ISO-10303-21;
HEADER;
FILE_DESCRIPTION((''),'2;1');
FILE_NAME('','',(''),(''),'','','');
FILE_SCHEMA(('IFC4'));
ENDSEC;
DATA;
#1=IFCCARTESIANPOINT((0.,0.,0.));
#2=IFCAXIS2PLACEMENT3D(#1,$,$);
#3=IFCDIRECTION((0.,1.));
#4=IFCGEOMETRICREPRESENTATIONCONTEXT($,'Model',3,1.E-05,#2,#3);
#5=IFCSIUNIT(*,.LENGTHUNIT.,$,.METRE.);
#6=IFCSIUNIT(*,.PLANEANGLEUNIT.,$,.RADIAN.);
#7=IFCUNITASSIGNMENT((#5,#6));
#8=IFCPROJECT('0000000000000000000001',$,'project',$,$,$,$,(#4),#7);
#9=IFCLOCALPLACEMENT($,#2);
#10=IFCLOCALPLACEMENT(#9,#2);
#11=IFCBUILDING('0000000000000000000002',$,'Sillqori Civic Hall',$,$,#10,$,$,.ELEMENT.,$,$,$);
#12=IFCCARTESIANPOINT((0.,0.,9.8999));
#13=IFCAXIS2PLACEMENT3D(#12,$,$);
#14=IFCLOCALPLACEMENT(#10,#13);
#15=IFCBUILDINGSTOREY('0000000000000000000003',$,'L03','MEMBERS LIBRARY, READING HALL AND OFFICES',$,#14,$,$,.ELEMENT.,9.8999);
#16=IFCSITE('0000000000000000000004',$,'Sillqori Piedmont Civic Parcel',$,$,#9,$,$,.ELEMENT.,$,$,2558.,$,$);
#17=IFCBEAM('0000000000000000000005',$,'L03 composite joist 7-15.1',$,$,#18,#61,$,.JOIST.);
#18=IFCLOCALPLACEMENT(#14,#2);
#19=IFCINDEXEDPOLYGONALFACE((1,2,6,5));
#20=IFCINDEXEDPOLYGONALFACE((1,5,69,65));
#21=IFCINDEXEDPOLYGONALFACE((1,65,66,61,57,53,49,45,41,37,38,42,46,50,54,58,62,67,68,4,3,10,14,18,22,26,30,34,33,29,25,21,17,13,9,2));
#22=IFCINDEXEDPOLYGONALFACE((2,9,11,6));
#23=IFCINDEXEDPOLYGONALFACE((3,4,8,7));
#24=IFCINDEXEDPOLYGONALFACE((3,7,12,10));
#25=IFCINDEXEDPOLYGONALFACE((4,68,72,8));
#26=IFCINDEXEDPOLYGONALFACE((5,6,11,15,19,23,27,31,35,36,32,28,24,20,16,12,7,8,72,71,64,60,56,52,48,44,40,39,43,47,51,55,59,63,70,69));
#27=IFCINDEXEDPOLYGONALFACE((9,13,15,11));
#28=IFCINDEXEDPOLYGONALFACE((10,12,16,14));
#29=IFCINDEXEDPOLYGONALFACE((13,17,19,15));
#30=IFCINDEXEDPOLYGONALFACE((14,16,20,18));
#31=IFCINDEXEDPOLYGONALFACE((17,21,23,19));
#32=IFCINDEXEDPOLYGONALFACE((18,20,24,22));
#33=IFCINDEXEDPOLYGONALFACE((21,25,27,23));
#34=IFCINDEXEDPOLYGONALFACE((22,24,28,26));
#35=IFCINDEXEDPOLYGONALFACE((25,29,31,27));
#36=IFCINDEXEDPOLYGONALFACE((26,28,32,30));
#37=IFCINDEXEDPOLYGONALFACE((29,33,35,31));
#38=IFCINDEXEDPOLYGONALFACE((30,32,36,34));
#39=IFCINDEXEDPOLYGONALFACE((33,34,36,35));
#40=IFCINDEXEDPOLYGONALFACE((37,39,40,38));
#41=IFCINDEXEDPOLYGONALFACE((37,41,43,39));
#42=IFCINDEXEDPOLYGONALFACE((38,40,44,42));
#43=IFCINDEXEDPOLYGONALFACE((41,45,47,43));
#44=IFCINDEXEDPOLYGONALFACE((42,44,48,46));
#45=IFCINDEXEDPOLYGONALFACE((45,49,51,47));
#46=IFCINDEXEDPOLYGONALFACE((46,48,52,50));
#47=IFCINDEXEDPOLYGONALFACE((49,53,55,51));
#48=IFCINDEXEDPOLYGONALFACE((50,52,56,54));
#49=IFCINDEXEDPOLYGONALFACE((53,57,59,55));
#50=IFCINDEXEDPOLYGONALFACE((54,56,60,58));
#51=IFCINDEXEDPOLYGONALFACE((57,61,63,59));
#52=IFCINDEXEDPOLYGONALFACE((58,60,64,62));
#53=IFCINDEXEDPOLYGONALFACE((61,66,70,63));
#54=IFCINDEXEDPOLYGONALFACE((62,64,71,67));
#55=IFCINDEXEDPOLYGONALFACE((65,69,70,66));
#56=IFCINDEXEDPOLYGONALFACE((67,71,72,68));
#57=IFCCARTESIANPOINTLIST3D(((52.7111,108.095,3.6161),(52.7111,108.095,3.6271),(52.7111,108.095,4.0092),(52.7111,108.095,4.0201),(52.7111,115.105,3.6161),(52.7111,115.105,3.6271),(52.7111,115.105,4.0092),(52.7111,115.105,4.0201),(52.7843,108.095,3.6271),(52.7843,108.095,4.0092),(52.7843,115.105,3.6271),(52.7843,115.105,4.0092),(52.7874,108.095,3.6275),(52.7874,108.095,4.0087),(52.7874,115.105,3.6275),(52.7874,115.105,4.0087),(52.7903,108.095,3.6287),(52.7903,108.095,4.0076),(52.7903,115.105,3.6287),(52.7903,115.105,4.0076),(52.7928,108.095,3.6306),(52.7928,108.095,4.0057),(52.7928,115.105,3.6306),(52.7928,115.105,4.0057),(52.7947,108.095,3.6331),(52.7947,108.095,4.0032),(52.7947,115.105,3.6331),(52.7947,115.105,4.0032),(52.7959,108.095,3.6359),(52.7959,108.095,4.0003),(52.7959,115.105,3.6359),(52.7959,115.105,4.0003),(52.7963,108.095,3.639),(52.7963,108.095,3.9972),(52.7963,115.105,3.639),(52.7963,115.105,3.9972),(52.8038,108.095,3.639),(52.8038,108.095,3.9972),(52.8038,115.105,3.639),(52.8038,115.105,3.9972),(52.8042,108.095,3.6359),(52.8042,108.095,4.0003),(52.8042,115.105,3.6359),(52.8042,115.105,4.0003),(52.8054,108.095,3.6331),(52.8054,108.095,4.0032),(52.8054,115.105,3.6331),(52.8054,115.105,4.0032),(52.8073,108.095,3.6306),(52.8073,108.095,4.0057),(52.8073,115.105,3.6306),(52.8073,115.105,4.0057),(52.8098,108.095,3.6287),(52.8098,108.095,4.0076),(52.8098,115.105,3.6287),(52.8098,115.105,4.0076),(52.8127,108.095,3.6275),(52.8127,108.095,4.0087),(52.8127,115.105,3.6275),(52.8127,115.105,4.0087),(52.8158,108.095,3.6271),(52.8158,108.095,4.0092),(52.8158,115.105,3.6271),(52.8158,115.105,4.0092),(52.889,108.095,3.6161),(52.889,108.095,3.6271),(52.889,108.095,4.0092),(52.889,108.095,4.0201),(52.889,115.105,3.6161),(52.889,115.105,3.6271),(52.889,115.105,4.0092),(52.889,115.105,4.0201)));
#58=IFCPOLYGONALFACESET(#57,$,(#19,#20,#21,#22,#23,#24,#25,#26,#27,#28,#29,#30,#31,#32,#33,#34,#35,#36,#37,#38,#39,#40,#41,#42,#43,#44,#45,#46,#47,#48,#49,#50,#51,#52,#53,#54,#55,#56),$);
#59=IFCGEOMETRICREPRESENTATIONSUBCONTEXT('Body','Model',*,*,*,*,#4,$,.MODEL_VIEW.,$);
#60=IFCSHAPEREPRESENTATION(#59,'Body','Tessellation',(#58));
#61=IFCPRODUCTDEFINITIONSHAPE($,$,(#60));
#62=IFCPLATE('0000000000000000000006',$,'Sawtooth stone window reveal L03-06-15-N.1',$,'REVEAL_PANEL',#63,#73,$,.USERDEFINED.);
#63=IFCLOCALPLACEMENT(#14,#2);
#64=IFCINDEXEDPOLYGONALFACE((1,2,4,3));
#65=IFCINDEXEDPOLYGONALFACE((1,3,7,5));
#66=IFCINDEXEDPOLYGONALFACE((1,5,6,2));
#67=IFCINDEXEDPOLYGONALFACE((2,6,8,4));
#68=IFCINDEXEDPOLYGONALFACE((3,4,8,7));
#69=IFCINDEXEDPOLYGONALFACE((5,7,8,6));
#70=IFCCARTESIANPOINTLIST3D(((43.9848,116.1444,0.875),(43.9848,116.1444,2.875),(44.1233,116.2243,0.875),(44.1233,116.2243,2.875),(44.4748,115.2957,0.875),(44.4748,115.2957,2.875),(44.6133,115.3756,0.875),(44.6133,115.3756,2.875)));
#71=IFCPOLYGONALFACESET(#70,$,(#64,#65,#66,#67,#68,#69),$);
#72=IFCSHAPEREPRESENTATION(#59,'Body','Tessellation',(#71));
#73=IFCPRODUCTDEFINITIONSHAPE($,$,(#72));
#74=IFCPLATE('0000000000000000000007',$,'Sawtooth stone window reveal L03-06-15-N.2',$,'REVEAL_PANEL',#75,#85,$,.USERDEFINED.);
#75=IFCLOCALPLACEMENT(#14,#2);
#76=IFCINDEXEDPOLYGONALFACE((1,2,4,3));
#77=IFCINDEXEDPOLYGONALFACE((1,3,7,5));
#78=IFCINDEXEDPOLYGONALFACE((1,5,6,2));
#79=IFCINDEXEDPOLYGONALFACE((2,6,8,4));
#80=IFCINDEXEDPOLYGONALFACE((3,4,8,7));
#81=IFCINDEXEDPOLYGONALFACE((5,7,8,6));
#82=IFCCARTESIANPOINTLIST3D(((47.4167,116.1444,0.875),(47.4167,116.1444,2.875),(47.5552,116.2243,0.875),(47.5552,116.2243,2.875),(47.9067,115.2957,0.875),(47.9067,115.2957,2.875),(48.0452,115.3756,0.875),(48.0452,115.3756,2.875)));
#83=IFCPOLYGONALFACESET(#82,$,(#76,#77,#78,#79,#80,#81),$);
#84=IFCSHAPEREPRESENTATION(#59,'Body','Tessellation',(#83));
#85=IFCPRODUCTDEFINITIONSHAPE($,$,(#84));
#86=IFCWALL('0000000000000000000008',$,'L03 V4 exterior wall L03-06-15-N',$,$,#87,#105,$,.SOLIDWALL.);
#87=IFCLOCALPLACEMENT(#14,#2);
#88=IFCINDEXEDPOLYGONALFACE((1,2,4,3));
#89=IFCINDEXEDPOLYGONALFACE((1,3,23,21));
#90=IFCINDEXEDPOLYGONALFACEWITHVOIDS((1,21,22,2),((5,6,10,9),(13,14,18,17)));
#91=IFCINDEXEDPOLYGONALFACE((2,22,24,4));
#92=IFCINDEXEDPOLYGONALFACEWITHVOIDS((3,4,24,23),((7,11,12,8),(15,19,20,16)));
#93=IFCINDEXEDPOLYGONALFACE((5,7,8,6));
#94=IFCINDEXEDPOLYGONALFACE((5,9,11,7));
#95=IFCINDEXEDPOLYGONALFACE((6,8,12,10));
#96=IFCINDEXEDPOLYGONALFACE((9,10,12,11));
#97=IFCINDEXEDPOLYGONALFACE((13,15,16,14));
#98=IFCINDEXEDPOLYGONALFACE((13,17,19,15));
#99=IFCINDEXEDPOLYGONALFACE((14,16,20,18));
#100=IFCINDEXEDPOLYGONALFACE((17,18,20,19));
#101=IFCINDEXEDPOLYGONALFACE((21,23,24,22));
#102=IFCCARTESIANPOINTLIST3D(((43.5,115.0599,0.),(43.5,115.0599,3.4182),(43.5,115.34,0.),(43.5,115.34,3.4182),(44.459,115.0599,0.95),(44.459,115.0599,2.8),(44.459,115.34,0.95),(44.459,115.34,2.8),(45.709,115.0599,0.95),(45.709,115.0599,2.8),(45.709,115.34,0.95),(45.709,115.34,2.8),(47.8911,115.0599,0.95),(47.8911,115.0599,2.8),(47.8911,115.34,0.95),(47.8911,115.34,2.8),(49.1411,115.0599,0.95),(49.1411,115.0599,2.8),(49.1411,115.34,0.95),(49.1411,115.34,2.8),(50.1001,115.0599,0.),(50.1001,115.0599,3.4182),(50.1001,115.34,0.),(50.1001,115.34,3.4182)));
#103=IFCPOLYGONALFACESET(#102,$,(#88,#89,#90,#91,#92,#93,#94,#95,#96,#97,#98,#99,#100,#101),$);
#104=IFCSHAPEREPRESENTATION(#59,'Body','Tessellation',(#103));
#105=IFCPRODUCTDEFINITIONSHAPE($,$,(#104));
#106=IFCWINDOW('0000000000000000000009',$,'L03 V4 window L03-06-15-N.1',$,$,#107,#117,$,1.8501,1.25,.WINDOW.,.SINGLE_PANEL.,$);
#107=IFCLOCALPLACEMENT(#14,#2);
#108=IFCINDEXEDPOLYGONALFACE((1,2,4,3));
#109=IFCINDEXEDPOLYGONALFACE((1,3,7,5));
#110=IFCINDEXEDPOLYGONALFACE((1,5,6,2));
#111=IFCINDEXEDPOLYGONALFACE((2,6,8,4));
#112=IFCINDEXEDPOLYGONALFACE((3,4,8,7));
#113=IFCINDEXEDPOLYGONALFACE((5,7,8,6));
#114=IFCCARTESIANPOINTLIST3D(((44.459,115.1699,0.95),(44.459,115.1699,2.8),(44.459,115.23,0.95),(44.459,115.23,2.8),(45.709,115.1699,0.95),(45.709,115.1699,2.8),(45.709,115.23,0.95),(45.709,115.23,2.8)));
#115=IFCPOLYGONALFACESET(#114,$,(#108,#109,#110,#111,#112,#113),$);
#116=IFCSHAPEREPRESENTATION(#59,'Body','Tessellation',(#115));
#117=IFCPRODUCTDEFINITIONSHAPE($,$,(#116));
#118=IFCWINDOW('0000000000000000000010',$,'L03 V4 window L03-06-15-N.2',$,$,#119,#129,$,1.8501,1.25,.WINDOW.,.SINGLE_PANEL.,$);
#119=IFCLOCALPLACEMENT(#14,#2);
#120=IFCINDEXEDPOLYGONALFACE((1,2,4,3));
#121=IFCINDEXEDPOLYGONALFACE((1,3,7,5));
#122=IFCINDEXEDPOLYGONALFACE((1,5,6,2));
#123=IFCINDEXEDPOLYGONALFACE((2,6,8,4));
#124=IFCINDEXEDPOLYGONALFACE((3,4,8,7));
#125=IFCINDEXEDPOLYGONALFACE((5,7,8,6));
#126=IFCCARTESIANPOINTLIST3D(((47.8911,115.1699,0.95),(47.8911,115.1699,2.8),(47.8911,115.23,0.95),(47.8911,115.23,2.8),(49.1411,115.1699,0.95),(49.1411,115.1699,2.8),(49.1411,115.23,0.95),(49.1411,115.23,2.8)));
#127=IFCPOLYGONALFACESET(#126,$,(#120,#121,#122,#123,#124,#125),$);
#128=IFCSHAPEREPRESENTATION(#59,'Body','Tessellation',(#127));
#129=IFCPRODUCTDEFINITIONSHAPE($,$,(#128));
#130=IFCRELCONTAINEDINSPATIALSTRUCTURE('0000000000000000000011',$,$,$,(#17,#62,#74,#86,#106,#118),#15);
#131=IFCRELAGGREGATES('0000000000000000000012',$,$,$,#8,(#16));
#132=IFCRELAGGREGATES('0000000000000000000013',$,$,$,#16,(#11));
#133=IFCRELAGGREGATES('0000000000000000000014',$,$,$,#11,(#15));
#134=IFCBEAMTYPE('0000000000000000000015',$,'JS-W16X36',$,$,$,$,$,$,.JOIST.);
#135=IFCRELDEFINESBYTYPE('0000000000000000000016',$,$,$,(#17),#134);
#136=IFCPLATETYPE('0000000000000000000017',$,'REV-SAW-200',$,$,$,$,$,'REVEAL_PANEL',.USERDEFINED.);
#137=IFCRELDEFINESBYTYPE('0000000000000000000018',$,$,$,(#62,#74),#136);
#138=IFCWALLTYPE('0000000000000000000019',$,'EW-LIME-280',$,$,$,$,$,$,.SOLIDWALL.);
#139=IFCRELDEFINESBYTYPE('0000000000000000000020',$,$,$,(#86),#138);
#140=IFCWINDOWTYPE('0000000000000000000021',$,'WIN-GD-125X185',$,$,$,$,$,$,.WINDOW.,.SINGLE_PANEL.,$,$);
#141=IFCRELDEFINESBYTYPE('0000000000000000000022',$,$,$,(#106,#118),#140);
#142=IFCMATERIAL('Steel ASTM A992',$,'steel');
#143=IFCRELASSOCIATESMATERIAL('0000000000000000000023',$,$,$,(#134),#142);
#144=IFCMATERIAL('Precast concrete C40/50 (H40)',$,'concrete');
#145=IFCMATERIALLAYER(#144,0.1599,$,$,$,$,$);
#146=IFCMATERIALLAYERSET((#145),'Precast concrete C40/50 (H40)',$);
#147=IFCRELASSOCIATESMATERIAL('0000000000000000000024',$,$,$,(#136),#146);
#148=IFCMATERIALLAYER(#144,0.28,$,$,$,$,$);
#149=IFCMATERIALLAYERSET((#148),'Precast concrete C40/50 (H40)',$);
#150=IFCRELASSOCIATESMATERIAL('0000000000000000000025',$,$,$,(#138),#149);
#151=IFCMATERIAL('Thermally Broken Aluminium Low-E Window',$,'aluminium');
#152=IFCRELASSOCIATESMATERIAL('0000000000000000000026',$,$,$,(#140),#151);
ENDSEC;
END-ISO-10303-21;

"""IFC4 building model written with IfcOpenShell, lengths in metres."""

from ifc_helpers import new_model, si_unit, direction, frame, frame_2d, origin, origin_2d, place, context, subcontext, project, spatial, rectangle, i_section, extrude, material, layer, layer_set, material_profile, profile_set, type_object, element, fill, save


model = new_model("IFC4")

# Units and contexts
model_context = context("Model", 3, precision=1e-05, world=origin(), true_north=direction((0.0, 1.0)))
body_context = subcontext(model_context, "Body", "Model", "MODEL_VIEW")
ifc_project = project(units=[si_unit("LENGTHUNIT", "METRE"), si_unit("PLANEANGLEUNIT", "RADIAN")], contexts=[model_context])

# Site, building, storey
site_placement = place(None, origin())
site = spatial("IfcSite", under=ifc_project, at=site_placement, Name="Sillqori Piedmont Civic Parcel", CompositionType="ELEMENT", RefElevation=2558.0)
building_placement = place(site_placement, origin())
building = spatial("IfcBuilding", under=site, at=building_placement, Name="Sillqori Civic Hall", CompositionType="ELEMENT")
storey_placement = place(building_placement, frame((0.0, 0.0, 9.8999)))
storey = spatial("IfcBuildingStorey", under=building, at=storey_placement, Name="L03", Description="MEMBERS LIBRARY, READING HALL AND OFFICES", CompositionType="ELEMENT", Elevation=9.8999)

# Beam
ifc_material_1 = material(Name="Steel ASTM A992", Category="steel")
ifc_material_profile_1 = material_profile(ifc_material_1, i_section(OverallWidth=0.178, OverallDepth=0.4041, WebThickness=0.0076, FlangeThickness=0.011, FilletRadius=0.012, at=origin_2d()), Name="W16X36")
ifc_profile_set_1 = profile_set([ifc_material_profile_1], Name="Steel ASTM A992")
beam_type_1 = type_object("IfcBeamType", Name="JS-W16X36", PredefinedType="JOIST", material=ifc_profile_set_1)
for number, where, z_axis, x_axis, name in (
    (1, (52.8, 108.095, 3.8181), (0.0, 1.0, 0.0), (-1.0, 0.0, 0.0), "L03 composite joist 7-15.1"),
):
    element("IfcBeam", number, at=place(storey_placement, frame(where, z_axis=z_axis, x_axis=x_axis)), inside=storey, type_object=beam_type_1, Name=name, PredefinedType="JOIST", context=body_context, shape_type="SweptSolid", body=[
        extrude(i_section(OverallWidth=0.178, OverallDepth=0.4041, WebThickness=0.0076, FlangeThickness=0.011, FilletRadius=0.012, at=origin_2d()), origin(), (0.0, 0.0, 1.0), 7.01),
    ])

# Plates
ifc_material_2 = material(Name="Precast concrete C40/50 (H40)", Category="concrete")
ifc_layer_1 = layer(ifc_material_2, 0.1599)
ifc_layer_set_1 = layer_set([ifc_layer_1], Name="Precast concrete C40/50 (H40)")
plate_type = type_object("IfcPlateType", Name="REV-SAW-200", ElementType="REVEAL_PANEL", PredefinedType="USERDEFINED", material=ifc_layer_set_1)
for number, where, z_axis, x_axis, name in (
    (2, (44.2991, 115.76, 0.875), (0.0, 0.0, 1.0), (0.866025, 0.5, 0.0), "Sawtooth stone window reveal L03-06-15-N.1"),
    (3, (47.731, 115.76, 0.875), (0.0, 0.0, 1.0), (0.866025, 0.5, 0.0), "Sawtooth stone window reveal L03-06-15-N.2"),
):
    element("IfcPlate", number, at=place(storey_placement, frame(where, z_axis=z_axis, x_axis=x_axis)), inside=storey, type_object=plate_type, Name=name, ObjectType="REVEAL_PANEL", PredefinedType="USERDEFINED", context=body_context, shape_type="SweptSolid", body=[
        extrude(rectangle(XDim=0.1599, YDim=0.98, at=origin_2d()), origin(), (0.0, 0.0, 1.0), 2.0),
    ])

# Wall, openings, windows
ifc_layer_2 = layer(ifc_material_2, 0.28)
ifc_layer_set_2 = layer_set([ifc_layer_2], Name="Precast concrete C40/50 (H40)")
wall_type_1 = type_object("IfcWallType", Name="EW-LIME-280", PredefinedType="SOLIDWALL", material=ifc_layer_set_2)
wall_1_placement = place(storey_placement, frame((43.5, 115.2, 0.0), z_axis=(0.0, 0.0, 1.0), x_axis=(1.0, 0.0, 0.0)))
wall_1 = element("IfcWall", 4, at=wall_1_placement, inside=storey, type_object=wall_type_1, Name="L03 V4 exterior wall L03-06-15-N", PredefinedType="SOLIDWALL", context=body_context, shape_type="SweptSolid", body=[
    extrude(rectangle(XDim=6.6001, YDim=0.28, at=frame_2d((3.3, 0.0))), origin(), (0.0, 0.0, 1.0), 3.4182),
])
opening_1_placement = place(wall_1_placement, frame((0.959, 0.0, 0.95)))
opening_1 = element("IfcOpeningElement", 5, at=opening_1_placement, cuts=wall_1, PredefinedType="OPENING", context=body_context, shape_type="SweptSolid", body=[
    extrude(rectangle(XDim=1.25, YDim=1.8501, at=frame_2d((0.625, 0.925))), frame((0.0, 0.1499, 0.0), z_axis=(0.0, -1.0, 0.0), x_axis=(1.0, 0.0, 0.0)), (0.0, 0.0, 1.0), 0.3),
])
opening_2_placement = place(wall_1_placement, frame((4.3911, 0.0, 0.95)))
opening_2 = element("IfcOpeningElement", 6, at=opening_2_placement, cuts=wall_1, PredefinedType="OPENING", context=body_context, shape_type="SweptSolid", body=[
    extrude(rectangle(XDim=1.25, YDim=1.8501, at=frame_2d((0.625, 0.925))), frame((0.0, 0.1499, 0.0), z_axis=(0.0, -1.0, 0.0), x_axis=(1.0, 0.0, 0.0)), (0.0, 0.0, 1.0), 0.3),
])
ifc_material_3 = material(Name="Thermally Broken Aluminium Low-E Window", Category="aluminium")
window_type_1 = type_object("IfcWindowType", Name="WIN-GD-125X185", PartitioningType="SINGLE_PANEL", PredefinedType="WINDOW", material=ifc_material_3)
window_1_placement = place(opening_1_placement, origin())
window_1 = element("IfcWindow", 7, at=window_1_placement, inside=storey, type_object=window_type_1, Name="L03 V4 window L03-06-15-N.1", OverallHeight=1.8501, OverallWidth=1.25, PartitioningType="SINGLE_PANEL", PredefinedType="WINDOW", context=body_context, shape_type="SweptSolid", body=[
    extrude(rectangle(XDim=1.25, YDim=1.8501, at=frame_2d((0.625, 0.925))), frame((0.0, 0.03, 0.0), z_axis=(0.0, -1.0, 0.0), x_axis=(1.0, 0.0, 0.0)), (0.0, 0.0, 1.0), 0.0601),
])
fill(opening_1, window_1)
window_2_placement = place(opening_2_placement, origin())
window_2 = element("IfcWindow", 8, at=window_2_placement, inside=storey, type_object=window_type_1, Name="L03 V4 window L03-06-15-N.2", OverallHeight=1.8501, OverallWidth=1.25, PartitioningType="SINGLE_PANEL", PredefinedType="WINDOW", context=body_context, shape_type="SweptSolid", body=[
    extrude(rectangle(XDim=1.25, YDim=1.8501, at=frame_2d((0.625, 0.925))), frame((0.0, 0.03, 0.0), z_axis=(0.0, -1.0, 0.0), x_axis=(1.0, 0.0, 0.0)), (0.0, 0.0, 1.0), 0.0601),
])
fill(opening_2, window_2)

save(model, "model.ifc")
